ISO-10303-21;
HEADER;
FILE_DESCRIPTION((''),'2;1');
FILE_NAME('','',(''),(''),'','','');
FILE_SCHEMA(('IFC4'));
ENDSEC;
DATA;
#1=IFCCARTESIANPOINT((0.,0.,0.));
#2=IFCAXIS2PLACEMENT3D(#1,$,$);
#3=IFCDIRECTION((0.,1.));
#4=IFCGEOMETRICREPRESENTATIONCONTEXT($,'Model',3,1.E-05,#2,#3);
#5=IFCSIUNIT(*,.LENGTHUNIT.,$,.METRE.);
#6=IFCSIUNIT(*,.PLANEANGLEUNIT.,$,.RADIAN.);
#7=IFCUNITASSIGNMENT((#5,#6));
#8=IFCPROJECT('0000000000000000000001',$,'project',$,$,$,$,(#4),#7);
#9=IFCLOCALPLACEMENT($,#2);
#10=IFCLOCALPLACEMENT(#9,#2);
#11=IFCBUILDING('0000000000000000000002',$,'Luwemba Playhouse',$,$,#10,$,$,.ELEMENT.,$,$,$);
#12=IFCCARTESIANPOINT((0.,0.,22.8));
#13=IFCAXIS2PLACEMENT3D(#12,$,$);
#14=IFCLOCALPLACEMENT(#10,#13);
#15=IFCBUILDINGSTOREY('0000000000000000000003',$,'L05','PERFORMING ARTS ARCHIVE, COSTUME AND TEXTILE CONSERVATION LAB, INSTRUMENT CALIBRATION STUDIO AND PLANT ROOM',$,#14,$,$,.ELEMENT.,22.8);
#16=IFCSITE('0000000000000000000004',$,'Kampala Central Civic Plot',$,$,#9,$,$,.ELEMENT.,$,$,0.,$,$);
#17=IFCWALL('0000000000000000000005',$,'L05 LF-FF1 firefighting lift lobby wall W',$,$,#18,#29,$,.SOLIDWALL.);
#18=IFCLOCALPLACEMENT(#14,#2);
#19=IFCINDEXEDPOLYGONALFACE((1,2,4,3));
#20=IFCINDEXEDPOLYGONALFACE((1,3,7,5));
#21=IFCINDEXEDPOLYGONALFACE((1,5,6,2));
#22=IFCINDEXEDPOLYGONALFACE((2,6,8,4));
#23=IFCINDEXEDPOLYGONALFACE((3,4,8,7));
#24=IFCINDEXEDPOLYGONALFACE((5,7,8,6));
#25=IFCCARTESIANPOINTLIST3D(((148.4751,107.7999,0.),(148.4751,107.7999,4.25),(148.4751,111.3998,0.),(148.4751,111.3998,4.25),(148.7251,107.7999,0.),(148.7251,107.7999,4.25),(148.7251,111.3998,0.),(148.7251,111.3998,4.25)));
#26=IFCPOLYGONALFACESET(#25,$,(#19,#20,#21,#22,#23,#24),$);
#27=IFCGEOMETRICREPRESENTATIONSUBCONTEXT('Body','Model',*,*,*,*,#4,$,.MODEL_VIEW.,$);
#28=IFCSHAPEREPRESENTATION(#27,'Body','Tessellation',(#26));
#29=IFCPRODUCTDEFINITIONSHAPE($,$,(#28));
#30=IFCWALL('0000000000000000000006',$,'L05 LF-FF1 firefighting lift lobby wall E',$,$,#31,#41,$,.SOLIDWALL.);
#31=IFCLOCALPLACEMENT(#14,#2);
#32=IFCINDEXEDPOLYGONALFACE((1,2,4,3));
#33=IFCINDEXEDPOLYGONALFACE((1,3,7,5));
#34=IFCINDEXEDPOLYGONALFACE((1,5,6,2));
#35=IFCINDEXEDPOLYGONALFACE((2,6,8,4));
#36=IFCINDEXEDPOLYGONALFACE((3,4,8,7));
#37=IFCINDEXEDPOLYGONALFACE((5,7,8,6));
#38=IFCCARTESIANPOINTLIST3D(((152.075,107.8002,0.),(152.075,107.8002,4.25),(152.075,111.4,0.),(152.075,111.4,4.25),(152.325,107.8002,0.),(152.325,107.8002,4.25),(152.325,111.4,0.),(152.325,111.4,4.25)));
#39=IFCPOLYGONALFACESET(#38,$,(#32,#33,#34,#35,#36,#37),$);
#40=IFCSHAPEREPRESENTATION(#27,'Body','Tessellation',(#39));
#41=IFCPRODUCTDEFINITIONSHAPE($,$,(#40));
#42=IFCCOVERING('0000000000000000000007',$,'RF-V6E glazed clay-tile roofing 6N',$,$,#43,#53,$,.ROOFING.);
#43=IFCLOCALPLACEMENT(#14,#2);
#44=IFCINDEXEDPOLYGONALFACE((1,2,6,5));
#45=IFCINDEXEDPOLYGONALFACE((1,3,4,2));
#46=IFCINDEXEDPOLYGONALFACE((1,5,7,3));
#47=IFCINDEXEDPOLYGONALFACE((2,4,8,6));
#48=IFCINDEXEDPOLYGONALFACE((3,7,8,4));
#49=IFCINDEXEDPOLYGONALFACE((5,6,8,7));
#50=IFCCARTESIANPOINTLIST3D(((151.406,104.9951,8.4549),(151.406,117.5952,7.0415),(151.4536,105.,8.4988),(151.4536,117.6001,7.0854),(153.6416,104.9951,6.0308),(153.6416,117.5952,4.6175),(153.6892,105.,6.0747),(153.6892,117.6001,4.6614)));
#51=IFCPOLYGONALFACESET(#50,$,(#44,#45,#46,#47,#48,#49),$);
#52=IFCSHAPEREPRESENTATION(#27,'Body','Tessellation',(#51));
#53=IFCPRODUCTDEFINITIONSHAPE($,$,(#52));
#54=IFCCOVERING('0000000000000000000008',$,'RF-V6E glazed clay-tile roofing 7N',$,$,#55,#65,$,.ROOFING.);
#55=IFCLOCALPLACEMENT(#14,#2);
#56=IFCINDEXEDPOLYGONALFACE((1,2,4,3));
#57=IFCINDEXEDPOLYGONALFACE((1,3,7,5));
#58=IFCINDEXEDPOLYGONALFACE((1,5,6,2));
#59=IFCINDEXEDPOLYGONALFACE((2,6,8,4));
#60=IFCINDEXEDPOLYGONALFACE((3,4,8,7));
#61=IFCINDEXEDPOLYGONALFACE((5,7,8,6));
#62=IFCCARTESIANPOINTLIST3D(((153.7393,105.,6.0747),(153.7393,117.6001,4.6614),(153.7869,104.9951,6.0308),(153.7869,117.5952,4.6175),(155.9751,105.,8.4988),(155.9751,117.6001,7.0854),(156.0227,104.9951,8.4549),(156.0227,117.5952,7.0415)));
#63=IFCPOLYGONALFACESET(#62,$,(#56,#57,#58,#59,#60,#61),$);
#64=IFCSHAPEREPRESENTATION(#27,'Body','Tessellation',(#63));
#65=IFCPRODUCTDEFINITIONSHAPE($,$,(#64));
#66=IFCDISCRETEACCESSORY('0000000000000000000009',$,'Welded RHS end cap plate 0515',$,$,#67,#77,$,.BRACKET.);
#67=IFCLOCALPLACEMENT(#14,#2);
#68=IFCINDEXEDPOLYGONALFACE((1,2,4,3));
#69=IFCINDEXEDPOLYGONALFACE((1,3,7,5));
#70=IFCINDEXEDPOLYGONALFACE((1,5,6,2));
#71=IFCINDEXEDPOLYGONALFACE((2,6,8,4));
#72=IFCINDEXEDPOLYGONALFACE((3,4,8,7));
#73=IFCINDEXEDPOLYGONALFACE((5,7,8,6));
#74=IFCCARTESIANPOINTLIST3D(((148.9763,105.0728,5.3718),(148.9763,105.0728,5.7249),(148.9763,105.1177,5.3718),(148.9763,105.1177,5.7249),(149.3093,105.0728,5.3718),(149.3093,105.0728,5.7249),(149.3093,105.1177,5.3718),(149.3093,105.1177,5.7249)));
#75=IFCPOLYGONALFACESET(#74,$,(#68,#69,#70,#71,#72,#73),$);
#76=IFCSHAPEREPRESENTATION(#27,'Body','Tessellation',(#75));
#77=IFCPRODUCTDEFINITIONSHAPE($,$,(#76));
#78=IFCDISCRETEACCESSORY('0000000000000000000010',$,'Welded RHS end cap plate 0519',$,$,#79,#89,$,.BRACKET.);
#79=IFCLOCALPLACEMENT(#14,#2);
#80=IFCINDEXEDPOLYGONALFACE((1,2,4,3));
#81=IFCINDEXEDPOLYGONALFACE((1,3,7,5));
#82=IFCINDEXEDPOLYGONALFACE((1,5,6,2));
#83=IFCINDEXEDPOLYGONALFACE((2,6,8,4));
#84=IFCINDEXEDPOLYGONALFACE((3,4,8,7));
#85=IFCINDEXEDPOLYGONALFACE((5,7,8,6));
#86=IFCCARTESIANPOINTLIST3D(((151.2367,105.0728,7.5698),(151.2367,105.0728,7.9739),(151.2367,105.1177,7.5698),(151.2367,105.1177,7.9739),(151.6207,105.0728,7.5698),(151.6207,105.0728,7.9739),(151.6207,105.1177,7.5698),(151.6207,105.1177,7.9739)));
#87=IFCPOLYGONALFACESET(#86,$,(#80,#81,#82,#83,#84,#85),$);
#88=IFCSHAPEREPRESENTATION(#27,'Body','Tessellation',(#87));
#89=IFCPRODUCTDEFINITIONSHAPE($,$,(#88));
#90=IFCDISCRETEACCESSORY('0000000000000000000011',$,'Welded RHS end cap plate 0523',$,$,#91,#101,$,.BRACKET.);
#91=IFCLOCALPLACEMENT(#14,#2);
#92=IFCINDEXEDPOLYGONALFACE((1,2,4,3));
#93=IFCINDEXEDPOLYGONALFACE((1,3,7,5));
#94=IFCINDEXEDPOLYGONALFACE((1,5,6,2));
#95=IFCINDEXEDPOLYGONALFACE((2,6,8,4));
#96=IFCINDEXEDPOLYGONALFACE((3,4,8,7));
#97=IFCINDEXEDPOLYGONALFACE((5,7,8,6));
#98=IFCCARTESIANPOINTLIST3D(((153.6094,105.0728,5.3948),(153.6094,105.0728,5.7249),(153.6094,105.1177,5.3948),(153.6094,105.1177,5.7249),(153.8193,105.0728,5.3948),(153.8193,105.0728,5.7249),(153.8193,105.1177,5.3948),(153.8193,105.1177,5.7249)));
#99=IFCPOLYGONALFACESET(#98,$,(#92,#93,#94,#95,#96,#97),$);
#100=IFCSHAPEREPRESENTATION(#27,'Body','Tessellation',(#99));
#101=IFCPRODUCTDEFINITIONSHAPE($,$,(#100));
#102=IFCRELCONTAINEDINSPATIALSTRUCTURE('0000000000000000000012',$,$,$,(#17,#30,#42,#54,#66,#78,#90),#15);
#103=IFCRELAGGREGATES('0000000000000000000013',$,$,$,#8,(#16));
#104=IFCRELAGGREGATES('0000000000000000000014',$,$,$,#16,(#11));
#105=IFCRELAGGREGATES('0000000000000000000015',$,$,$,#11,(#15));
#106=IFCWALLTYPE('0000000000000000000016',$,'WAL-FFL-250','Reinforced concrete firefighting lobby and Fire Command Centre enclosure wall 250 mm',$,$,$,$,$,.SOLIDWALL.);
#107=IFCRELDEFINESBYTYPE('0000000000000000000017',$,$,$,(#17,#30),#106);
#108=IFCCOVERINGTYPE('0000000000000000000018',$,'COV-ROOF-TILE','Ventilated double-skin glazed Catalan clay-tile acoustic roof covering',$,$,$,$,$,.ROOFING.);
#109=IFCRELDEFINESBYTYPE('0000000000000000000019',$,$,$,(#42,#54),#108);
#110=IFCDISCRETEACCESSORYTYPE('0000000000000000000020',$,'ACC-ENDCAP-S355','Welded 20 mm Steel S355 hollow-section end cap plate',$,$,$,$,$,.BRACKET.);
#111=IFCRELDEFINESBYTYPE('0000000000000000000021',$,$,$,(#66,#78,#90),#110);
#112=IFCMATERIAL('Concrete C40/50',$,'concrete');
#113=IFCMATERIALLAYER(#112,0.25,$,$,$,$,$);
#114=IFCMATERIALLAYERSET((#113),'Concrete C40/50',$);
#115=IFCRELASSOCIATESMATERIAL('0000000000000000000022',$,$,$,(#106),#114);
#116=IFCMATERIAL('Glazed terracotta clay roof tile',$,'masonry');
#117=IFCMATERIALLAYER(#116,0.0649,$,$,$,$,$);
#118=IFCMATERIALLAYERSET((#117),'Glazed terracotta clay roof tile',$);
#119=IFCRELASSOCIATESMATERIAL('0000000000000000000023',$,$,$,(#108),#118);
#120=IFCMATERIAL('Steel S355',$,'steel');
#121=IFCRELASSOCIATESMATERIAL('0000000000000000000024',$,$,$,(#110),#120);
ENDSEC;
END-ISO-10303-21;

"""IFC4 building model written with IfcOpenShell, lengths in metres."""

from ifc_helpers import new_model, si_unit, direction, frame, frame_2d, origin, origin_2d, place, context, subcontext, project, spatial, polyline, rectangle, outline, extrude, material, layer, layer_set, type_object, element, save


model = new_model("IFC4")

# Units and contexts
model_context = context("Model", 3, precision=1e-05, world=origin(), true_north=direction((0.0, 1.0)))
body_context = subcontext(model_context, "Body", "Model", "MODEL_VIEW")
ifc_project = project(units=[si_unit("LENGTHUNIT", "METRE"), si_unit("PLANEANGLEUNIT", "RADIAN")], contexts=[model_context])

# Site, building, storey
site_placement = place(None, origin())
site = spatial("IfcSite", under=ifc_project, at=site_placement, Name="Kampala Central Civic Plot", CompositionType="ELEMENT", RefElevation=0.0)
building_placement = place(site_placement, origin())
building = spatial("IfcBuilding", under=site, at=building_placement, Name="Luwemba Playhouse", CompositionType="ELEMENT")
storey_placement = place(building_placement, frame((0.0, 0.0, 22.8)))
storey = spatial("IfcBuildingStorey", under=building, at=storey_placement, Name="L05", Description="PERFORMING ARTS ARCHIVE, COSTUME AND TEXTILE CONSERVATION LAB, INSTRUMENT CALIBRATION STUDIO AND PLANT ROOM", CompositionType="ELEMENT", Elevation=22.8)

# Shared definitions
ifc_material_1 = material(Name="Concrete C40/50", Category="concrete")

# Shared definitions
ifc_material_2 = material(Name="Steel S355", Category="steel")

# Shared definitions
ifc_layer_1 = layer(ifc_material_1, 0.25)
ifc_layer_set_1 = layer_set([ifc_layer_1], Name="Concrete C40/50")
wall_type_1 = type_object("IfcWallType", Name="WAL-FFL-250", Description="Reinforced concrete firefighting lobby and Fire Command Centre enclosure wall 250 mm", PredefinedType="SOLIDWALL", material=ifc_layer_set_1)

# Walls
for number, where, z_axis, x_axis, name in (
    (1, (148.6001, 107.8, 0.0), (0.0, 0.0, 1.0), (0.0, 1.0, 0.0), "L05 LF-FF1 firefighting lift lobby wall W"),
    (2, (152.2, 111.3999, 0.0), (0.0, 0.0, 1.0), (0.0, -1.0, 0.0), "L05 LF-FF1 firefighting lift lobby wall E"),
):
    element("IfcWall", number, at=place(storey_placement, frame(where, z_axis=z_axis, x_axis=x_axis)), inside=storey, type_object=wall_type_1, Name=name, PredefinedType="SOLIDWALL", context=body_context, shape_type="SweptSolid", body=[
        extrude(rectangle(XDim=3.5999, YDim=0.25, at=frame_2d((1.7998, 0.0))), origin(), (0.0, 0.0, 1.0), 4.25),
    ])

# Coverings
ifc_material_3 = material(Name="Glazed terracotta clay roof tile", Category="masonry")
ifc_layer_2 = layer(ifc_material_3, 0.0649)
ifc_layer_set_2 = layer_set([ifc_layer_2], Name="Glazed terracotta clay roof tile")
covering_type = type_object("IfcCoveringType", Name="COV-ROOF-TILE", Description="Ventilated double-skin glazed Catalan clay-tile acoustic roof covering", PredefinedType="ROOFING", material=ifc_layer_set_2)
covering_1_placement = place(storey_placement, frame((151.4536, 105.0, 8.4988), z_axis=(0.732991, 0.075826, 0.675999), x_axis=(0.677951, 0.0, -0.735107)))
element("IfcCovering", 3, at=covering_1_placement, inside=storey, type_object=covering_type, Name="RF-V6E glazed clay-tile roofing 6N", PredefinedType="ROOFING", context=body_context, shape_type="SweptSolid", body=[
    extrude(outline(polyline([(0.0, 0.0), (3.2976, 0.0), (4.3365, 12.6365), (1.0389, 12.6365), (0.0, 0.0)])), origin(), (0.0, 0.0, -1.0), 0.0649),
])
covering_2_placement = place(storey_placement, frame((153.7393, 105.0, 6.0747), z_axis=(-0.732954, 0.07583, 0.676039), x_axis=(0.677991, 0.0, 0.73507)))
element("IfcCovering", 4, at=covering_2_placement, inside=storey, type_object=covering_type, Name="RF-V6E glazed clay-tile roofing 7N", PredefinedType="ROOFING", context=body_context, shape_type="SweptSolid", body=[
    extrude(outline(polyline([(0.0, 0.0), (3.2977, 0.0), (2.2588, 12.6365), (-1.0389, 12.6365), (0.0, 0.0)])), origin(), (0.0, 0.0, -1.0), 0.0649),
])

# Discrete accessories
discrete_accessory_type = type_object("IfcDiscreteAccessoryType", Name="ACC-ENDCAP-S355", Description="Welded 20 mm Steel S355 hollow-section end cap plate", PredefinedType="BRACKET", material=ifc_material_2)
discrete_accessory_1_placement = place(storey_placement, frame((149.1428, 105.0952, 5.3718), z_axis=(0.0, 0.0, 1.0), x_axis=(1.0, 0.0, 0.0)))
element("IfcDiscreteAccessory", 5, at=discrete_accessory_1_placement, inside=storey, type_object=discrete_accessory_type, Name="Welded RHS end cap plate 0515", PredefinedType="BRACKET", context=body_context, shape_type="SweptSolid", body=[
    extrude(rectangle(XDim=0.333, YDim=0.0449, at=origin_2d()), origin(), (0.0, 0.0, 1.0), 0.353),
])
discrete_accessory_2_placement = place(storey_placement, frame((151.4287, 105.0952, 7.5698), z_axis=(0.0, 0.0, 1.0), x_axis=(1.0, 0.0, 0.0)))
element("IfcDiscreteAccessory", 6, at=discrete_accessory_2_placement, inside=storey, type_object=discrete_accessory_type, Name="Welded RHS end cap plate 0519", PredefinedType="BRACKET", context=body_context, shape_type="SweptSolid", body=[
    extrude(rectangle(XDim=0.384, YDim=0.0449, at=origin_2d()), origin(), (0.0, 0.0, 1.0), 0.4041),
])
discrete_accessory_3_placement = place(storey_placement, frame((153.7144, 105.0952, 5.3948), z_axis=(0.0, 0.0, 1.0), x_axis=(1.0, 0.0, 0.0)))
element("IfcDiscreteAccessory", 7, at=discrete_accessory_3_placement, inside=storey, type_object=discrete_accessory_type, Name="Welded RHS end cap plate 0523", PredefinedType="BRACKET", context=body_context, shape_type="SweptSolid", body=[
    extrude(rectangle(XDim=0.21, YDim=0.0449, at=origin_2d()), origin(), (0.0, 0.0, 1.0), 0.3301),
])

save(model, "model.ifc")
